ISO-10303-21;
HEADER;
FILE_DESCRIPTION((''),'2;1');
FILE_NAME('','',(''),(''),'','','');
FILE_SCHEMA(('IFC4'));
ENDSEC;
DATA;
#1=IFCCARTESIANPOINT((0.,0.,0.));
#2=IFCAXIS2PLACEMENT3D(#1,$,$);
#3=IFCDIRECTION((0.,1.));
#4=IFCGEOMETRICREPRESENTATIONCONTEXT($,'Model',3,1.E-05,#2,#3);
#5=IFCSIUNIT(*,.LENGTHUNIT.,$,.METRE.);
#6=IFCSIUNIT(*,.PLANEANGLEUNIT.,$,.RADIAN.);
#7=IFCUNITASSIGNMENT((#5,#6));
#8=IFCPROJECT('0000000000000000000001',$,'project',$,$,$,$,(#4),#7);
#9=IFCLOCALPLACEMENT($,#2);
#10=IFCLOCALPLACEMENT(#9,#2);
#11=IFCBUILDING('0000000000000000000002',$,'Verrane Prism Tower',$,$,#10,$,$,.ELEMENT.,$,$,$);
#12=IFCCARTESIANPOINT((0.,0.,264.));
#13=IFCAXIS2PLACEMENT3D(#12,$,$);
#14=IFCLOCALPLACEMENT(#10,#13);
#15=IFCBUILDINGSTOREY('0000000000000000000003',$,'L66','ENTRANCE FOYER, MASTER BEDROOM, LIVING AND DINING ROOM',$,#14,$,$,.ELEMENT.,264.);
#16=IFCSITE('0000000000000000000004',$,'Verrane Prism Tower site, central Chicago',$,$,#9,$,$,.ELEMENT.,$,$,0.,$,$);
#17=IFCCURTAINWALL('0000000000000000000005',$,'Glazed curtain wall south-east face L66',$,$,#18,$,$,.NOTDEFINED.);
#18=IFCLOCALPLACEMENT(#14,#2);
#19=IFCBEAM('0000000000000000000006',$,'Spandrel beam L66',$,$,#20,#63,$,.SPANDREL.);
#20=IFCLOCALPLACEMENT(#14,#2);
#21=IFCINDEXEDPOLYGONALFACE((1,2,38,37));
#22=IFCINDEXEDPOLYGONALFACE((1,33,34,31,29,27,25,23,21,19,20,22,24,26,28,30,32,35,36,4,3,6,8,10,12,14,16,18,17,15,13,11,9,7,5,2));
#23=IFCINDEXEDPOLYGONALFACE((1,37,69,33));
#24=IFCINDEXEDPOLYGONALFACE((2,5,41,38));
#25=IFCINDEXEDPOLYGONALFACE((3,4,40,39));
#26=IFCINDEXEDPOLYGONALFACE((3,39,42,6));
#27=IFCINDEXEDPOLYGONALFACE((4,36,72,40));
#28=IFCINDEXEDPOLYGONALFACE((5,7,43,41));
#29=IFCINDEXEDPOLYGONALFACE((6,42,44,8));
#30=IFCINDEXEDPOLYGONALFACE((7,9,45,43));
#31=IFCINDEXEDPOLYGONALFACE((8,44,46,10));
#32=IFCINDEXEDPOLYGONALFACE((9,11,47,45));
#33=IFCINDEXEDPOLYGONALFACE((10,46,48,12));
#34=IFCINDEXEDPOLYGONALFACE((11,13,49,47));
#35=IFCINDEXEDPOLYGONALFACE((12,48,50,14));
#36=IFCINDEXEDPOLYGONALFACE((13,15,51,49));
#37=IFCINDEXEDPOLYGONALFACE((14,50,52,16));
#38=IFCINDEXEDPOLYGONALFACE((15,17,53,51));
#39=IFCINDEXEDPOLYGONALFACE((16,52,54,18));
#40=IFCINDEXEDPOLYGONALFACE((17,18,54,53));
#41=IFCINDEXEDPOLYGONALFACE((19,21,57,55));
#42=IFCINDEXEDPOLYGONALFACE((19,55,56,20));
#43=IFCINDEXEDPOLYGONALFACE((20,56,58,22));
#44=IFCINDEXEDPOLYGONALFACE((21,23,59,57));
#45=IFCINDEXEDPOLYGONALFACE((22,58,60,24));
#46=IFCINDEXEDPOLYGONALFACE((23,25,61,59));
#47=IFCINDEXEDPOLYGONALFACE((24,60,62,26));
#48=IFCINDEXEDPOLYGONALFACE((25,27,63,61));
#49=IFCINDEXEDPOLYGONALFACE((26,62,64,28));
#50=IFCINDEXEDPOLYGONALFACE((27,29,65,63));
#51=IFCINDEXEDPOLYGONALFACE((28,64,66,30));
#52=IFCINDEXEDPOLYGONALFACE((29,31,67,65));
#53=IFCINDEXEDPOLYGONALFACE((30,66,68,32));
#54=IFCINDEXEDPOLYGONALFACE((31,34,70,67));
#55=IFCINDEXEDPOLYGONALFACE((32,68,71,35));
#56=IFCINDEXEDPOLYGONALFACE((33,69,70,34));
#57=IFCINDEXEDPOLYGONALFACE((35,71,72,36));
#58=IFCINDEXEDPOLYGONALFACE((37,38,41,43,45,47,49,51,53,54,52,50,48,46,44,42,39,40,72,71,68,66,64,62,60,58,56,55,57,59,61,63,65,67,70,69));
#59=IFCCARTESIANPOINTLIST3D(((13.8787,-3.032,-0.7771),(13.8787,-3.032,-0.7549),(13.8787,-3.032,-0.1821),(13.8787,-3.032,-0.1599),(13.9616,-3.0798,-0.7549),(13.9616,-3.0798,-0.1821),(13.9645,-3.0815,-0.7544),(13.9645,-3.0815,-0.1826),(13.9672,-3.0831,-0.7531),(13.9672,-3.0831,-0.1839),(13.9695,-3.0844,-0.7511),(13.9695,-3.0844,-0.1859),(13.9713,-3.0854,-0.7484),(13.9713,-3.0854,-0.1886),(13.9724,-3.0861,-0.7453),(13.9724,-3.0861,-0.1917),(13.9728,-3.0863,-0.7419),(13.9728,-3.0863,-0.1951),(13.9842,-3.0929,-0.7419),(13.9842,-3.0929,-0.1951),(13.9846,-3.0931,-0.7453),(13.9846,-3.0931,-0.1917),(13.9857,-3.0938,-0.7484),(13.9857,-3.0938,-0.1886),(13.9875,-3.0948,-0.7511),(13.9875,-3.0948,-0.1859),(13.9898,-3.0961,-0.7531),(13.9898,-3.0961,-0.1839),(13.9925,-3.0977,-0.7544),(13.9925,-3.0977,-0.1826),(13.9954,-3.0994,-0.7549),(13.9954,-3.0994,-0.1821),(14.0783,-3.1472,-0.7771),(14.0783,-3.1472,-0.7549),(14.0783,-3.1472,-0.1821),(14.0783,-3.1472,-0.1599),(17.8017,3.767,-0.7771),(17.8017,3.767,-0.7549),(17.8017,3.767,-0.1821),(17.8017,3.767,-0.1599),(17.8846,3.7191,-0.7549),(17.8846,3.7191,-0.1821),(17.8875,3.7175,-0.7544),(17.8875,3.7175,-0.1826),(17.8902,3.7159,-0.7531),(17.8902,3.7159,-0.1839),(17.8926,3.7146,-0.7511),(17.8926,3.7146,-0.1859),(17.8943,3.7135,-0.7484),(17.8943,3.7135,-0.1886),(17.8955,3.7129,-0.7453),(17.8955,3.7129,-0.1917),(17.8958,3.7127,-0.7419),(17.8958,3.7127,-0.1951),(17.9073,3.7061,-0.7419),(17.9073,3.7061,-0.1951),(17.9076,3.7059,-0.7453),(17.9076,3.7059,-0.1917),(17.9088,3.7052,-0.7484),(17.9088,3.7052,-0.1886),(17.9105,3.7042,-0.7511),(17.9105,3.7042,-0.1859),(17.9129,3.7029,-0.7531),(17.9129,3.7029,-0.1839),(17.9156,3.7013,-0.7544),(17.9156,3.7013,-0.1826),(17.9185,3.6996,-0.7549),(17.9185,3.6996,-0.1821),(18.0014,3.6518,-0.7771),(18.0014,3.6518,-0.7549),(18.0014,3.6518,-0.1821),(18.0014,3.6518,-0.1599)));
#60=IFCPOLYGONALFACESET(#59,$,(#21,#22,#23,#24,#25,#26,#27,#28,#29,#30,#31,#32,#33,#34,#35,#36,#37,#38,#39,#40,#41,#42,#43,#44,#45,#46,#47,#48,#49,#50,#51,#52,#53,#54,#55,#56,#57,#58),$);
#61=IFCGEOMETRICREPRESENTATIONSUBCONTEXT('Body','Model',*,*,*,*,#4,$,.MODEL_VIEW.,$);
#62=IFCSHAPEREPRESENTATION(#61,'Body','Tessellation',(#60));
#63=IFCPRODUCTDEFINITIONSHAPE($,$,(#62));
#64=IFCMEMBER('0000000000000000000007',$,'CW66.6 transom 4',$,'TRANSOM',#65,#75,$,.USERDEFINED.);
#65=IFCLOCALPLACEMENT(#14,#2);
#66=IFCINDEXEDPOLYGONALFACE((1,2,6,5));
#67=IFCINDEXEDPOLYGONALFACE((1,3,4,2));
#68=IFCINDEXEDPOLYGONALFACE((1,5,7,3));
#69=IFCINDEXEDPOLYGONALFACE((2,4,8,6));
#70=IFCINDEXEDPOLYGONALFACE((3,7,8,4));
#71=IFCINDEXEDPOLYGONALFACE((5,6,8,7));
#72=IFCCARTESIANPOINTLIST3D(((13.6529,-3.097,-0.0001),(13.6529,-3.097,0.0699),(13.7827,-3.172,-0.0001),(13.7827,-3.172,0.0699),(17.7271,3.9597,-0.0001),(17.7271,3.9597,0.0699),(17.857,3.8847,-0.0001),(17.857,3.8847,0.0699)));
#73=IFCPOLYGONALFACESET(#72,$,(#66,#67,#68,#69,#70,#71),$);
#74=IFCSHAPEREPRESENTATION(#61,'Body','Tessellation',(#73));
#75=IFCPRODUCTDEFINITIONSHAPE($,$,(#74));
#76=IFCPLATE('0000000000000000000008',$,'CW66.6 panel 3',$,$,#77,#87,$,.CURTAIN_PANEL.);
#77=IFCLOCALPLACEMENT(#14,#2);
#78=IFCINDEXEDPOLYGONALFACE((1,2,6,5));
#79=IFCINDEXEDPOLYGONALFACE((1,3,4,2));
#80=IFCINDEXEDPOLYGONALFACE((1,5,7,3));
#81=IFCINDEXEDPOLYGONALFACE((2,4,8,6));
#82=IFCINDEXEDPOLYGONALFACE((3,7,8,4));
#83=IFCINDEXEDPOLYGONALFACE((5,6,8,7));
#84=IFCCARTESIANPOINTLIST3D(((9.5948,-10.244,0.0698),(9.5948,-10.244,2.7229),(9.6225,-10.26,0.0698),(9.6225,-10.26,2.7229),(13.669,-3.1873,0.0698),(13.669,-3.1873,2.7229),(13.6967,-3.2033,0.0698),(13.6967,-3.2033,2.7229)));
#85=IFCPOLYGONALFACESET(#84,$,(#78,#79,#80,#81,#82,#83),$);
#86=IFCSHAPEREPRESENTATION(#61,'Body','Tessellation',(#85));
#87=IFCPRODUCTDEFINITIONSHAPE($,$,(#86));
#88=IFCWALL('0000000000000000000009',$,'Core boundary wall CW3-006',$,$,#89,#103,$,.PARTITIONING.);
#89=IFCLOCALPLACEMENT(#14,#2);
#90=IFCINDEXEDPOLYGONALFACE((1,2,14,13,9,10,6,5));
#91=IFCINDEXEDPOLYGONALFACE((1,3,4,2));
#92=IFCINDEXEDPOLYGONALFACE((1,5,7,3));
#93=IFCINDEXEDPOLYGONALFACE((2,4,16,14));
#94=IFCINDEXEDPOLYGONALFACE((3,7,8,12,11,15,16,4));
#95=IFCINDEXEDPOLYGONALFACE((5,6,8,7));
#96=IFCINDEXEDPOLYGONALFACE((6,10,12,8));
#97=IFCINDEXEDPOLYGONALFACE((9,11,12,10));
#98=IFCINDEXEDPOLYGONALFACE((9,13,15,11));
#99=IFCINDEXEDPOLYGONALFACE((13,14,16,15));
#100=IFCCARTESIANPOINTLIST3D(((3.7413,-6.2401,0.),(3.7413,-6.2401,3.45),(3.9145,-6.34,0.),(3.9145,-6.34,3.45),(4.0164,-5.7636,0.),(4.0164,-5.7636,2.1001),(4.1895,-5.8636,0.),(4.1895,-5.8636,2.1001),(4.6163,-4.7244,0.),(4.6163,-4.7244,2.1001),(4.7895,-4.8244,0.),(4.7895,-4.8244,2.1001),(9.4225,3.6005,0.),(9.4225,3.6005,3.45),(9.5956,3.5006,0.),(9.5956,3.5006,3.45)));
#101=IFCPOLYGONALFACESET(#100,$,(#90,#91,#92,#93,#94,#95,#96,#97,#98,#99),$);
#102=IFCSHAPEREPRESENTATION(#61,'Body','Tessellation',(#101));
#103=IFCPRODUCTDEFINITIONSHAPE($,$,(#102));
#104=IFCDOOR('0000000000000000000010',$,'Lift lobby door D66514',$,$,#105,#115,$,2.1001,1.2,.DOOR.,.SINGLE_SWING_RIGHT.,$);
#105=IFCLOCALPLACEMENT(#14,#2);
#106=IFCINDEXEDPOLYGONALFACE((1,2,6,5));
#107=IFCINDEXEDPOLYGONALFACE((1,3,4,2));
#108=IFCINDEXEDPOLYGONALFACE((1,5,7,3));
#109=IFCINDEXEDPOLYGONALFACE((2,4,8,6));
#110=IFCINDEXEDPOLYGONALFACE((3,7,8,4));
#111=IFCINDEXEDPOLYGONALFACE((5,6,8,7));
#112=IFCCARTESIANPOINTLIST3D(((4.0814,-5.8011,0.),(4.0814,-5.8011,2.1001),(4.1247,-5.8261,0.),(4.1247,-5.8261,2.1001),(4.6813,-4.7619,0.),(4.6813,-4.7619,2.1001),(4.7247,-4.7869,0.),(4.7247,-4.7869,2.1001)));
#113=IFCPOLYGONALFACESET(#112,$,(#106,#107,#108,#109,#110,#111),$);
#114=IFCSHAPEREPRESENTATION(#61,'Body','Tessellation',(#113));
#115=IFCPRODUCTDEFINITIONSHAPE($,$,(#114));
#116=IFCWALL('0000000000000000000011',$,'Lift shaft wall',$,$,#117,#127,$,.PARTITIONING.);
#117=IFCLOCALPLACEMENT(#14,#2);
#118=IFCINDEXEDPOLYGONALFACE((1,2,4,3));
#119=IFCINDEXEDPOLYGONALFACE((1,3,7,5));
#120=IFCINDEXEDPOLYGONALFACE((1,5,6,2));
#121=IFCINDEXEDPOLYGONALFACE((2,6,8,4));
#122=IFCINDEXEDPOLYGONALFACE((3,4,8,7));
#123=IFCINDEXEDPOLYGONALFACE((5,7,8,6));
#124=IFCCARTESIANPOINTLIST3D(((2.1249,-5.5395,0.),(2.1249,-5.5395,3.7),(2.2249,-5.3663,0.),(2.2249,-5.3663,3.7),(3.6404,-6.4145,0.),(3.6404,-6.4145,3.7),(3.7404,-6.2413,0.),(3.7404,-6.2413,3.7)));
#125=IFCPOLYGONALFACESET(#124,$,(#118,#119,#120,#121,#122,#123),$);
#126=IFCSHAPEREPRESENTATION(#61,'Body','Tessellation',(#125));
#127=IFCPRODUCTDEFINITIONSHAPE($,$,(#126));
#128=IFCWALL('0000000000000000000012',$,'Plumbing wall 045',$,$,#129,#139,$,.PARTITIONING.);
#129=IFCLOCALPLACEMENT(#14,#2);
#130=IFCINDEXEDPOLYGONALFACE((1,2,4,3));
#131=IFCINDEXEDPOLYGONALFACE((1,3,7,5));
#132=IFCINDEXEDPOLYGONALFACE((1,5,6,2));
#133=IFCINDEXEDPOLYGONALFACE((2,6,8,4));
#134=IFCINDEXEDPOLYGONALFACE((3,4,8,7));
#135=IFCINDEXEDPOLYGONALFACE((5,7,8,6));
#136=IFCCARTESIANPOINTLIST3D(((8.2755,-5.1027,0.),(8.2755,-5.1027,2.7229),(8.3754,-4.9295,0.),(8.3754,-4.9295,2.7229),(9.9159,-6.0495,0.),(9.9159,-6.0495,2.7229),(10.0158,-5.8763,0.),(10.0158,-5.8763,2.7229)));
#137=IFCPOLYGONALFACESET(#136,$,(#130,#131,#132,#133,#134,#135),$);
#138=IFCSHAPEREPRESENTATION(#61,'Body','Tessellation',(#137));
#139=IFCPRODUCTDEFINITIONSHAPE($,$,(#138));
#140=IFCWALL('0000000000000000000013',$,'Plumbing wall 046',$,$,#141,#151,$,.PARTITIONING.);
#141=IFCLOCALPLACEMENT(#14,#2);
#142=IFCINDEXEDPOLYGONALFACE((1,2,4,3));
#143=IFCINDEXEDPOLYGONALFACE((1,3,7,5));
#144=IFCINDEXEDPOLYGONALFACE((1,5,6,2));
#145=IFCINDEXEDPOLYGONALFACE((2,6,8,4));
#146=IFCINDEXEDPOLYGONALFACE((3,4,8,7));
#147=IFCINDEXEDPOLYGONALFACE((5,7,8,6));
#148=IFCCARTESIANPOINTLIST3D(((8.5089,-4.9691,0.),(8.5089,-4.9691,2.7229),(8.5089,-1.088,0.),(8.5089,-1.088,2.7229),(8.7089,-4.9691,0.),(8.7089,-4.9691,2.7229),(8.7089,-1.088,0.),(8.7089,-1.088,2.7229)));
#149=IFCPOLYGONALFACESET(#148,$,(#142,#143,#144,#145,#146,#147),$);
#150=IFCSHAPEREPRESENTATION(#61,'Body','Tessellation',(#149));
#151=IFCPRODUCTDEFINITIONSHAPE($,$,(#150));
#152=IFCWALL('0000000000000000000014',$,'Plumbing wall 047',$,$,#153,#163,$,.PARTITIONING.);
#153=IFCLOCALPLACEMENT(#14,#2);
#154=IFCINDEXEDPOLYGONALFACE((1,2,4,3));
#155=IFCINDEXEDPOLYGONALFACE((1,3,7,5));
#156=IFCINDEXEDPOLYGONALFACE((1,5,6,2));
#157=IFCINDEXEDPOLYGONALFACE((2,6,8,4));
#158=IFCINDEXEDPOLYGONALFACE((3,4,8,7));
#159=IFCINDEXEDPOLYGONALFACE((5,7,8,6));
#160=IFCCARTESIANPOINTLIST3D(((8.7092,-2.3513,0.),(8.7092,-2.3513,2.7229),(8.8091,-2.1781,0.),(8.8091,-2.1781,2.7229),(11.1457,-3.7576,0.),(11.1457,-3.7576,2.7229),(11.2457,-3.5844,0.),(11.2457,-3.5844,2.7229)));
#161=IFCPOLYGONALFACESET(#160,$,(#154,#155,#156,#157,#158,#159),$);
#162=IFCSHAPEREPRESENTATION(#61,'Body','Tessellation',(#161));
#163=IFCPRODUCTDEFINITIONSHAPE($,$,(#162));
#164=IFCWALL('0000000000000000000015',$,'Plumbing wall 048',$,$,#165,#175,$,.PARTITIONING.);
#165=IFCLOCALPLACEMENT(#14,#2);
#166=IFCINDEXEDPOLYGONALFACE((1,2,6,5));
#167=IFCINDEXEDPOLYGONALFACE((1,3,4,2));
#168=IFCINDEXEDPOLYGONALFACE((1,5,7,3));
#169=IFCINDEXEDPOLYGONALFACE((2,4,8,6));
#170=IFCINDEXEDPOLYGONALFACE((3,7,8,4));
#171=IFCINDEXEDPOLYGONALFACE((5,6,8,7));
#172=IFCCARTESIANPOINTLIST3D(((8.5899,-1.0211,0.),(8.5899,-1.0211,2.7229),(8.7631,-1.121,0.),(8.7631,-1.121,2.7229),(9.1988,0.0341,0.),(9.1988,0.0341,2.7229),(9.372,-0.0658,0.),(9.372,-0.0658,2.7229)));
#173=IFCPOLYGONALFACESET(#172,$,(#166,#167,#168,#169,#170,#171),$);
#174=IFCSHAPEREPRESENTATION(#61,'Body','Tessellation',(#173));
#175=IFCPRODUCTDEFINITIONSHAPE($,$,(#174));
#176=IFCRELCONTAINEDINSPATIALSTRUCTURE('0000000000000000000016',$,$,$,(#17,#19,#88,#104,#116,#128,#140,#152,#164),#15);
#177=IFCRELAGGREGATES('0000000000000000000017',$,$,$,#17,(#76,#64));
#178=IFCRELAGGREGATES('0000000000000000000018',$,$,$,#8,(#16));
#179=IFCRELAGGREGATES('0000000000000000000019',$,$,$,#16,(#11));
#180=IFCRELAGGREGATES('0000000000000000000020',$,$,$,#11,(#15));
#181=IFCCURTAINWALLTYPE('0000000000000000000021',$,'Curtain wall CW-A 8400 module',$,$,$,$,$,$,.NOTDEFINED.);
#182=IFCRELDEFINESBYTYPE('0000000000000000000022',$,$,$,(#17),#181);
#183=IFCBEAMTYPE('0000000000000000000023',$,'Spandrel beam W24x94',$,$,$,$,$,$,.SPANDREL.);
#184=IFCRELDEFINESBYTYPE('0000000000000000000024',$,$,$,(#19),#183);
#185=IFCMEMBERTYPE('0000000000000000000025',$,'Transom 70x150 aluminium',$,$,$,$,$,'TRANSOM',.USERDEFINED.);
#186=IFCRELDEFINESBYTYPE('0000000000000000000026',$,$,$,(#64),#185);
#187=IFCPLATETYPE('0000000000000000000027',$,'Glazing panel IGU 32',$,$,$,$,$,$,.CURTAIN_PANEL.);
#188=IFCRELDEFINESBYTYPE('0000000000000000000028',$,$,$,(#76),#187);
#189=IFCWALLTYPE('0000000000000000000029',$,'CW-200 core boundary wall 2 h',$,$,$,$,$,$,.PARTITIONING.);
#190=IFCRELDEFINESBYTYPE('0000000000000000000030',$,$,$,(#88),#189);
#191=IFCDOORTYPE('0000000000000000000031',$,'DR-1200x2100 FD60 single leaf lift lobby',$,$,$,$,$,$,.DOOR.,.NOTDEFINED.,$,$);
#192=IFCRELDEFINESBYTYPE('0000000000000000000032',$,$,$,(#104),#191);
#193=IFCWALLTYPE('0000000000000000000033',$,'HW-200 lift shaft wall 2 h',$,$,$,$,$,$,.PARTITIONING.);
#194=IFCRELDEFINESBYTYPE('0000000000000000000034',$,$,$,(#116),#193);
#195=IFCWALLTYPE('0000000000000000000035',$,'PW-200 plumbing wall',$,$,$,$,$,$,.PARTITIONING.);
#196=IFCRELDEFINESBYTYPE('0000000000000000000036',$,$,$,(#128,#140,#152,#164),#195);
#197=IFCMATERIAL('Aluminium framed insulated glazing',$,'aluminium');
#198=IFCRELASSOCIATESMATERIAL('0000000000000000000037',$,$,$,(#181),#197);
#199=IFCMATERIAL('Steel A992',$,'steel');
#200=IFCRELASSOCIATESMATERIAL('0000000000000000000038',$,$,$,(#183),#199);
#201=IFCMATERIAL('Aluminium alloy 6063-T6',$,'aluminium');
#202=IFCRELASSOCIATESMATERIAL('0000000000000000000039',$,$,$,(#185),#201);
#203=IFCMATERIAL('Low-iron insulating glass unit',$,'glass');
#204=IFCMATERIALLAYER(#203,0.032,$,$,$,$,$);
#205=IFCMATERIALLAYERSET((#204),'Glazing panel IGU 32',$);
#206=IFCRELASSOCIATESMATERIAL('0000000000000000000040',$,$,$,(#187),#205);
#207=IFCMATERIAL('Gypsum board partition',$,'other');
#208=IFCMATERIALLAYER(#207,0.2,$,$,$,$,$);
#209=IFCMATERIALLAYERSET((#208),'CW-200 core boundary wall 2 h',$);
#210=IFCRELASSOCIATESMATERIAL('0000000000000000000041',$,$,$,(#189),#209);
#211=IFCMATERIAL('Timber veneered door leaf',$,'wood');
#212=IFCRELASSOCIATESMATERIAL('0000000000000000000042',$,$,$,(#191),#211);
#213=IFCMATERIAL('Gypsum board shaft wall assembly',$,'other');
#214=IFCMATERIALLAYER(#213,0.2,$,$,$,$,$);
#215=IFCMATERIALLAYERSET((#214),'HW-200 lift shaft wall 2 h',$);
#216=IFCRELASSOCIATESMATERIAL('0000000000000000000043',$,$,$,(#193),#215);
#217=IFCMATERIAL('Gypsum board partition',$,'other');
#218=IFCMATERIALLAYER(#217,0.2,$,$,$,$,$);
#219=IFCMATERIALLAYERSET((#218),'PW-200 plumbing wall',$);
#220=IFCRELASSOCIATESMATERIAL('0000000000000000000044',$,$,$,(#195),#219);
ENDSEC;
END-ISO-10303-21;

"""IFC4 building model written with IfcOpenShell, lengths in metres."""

from ifc_helpers import new_model, si_unit, direction, frame, frame_2d, origin, origin_2d, place, context, subcontext, project, spatial, rectangle, i_section, extrude, material, layer, layer_set, material_profile, profile_set, type_object, element, fill, aggregate, save


model = new_model("IFC4")

# Units and contexts
model_context = context("Model", 3, precision=1e-05, world=origin(), true_north=direction((0.0, 1.0)))
body_context = subcontext(model_context, "Body", "Model", "MODEL_VIEW")
ifc_project = project(units=[si_unit("LENGTHUNIT", "METRE"), si_unit("PLANEANGLEUNIT", "RADIAN")], contexts=[model_context])

# Site, building, storey
site_placement = place(None, origin())
site = spatial("IfcSite", under=ifc_project, at=site_placement, Name="Verrane Prism Tower site, central Chicago", CompositionType="ELEMENT", RefElevation=0.0)
building_placement = place(site_placement, origin())
building = spatial("IfcBuilding", under=site, at=building_placement, Name="Verrane Prism Tower", CompositionType="ELEMENT")
storey_placement = place(building_placement, frame((0.0, 0.0, 264.0)))
storey = spatial("IfcBuildingStorey", under=building, at=storey_placement, Name="L66", Description="ENTRANCE FOYER, MASTER BEDROOM, LIVING AND DINING ROOM", CompositionType="ELEMENT", Elevation=264.0)

# Curtain wall
ifc_material_1 = material(Name="Aluminium framed insulated glazing", Category="aluminium")
curtain_wall_type = type_object("IfcCurtainWallType", Name="Curtain wall CW-A 8400 module", PredefinedType="NOTDEFINED", material=ifc_material_1)
curtain_wall_placement = place(storey_placement, origin())
curtain_wall = element("IfcCurtainWall", 1, at=curtain_wall_placement, inside=storey, type_object=curtain_wall_type, Name="Glazed curtain wall south-east face L66", PredefinedType="NOTDEFINED")

# Beam
ifc_material_2 = material(Name="Steel A992", Category="steel")
ifc_material_profile_1 = material_profile(ifc_material_2, i_section(OverallWidth=0.2305, OverallDepth=0.6172, WebThickness=0.0132, FlangeThickness=0.0222, FilletRadius=0.0129, at=origin_2d()), Name="W24x94")
ifc_profile_set_1 = profile_set([ifc_material_profile_1], Name="Steel A992")
beam_type_1 = type_object("IfcBeamType", Name="Spandrel beam W24x94", PredefinedType="SPANDREL", material=ifc_profile_set_1)
beam_1_placement = place(storey_placement, frame((13.9785, -3.0896, -0.4685), z_axis=(0.499775, 0.866155, 0.0), x_axis=(-0.866155, 0.499775, 0.0)))
element("IfcBeam", 2, at=beam_1_placement, inside=storey, type_object=beam_type_1, Name="Spandrel beam L66", PredefinedType="SPANDREL", context=body_context, shape_type="SweptSolid", body=[
    extrude(i_section(OverallWidth=0.2305, OverallDepth=0.6172, WebThickness=0.0132, FlangeThickness=0.0222, FilletRadius=0.0129, at=origin_2d()), origin(), (0.0, 0.0, 1.0), 7.8496),
])

# Member
ifc_material_3 = material(Name="Aluminium alloy 6063-T6", Category="aluminium")
ifc_material_profile_2 = material_profile(ifc_material_3, rectangle(XDim=0.1499, YDim=0.0701, at=origin_2d()), Name="Transom 70x150 aluminium")
ifc_profile_set_2 = profile_set([ifc_material_profile_2], Name="Aluminium alloy 6063-T6")
member_type_1 = type_object("IfcMemberType", Name="Transom 70x150 aluminium", ElementType="TRANSOM", PredefinedType="USERDEFINED", material=ifc_profile_set_2)
member_1_placement = place(storey_placement, frame((13.7178, -3.1345, 0.0349), z_axis=(0.500006, 0.866022, 0.0), x_axis=(-0.866022, 0.500006, 0.0)))
member_1 = element("IfcMember", 3, at=member_1_placement, type_object=member_type_1, Name="CW66.6 transom 4", ObjectType="TRANSOM", PredefinedType="USERDEFINED", context=body_context, shape_type="SweptSolid", body=[
    extrude(rectangle(XDim=0.1499, YDim=0.0701, at=origin_2d()), origin(), (0.0, 0.0, 1.0), 8.1484),
])

# Plate
ifc_material_4 = material(Name="Low-iron insulating glass unit", Category="glass")
ifc_layer_1 = layer(ifc_material_4, 0.032)
ifc_layer_set_1 = layer_set([ifc_layer_1], Name="Glazing panel IGU 32")
plate_type = type_object("IfcPlateType", Name="Glazing panel IGU 32", PredefinedType="CURTAIN_PANEL", material=ifc_layer_set_1)
plate_placement = place(storey_placement, frame((11.6458, -6.7236, 0.0698), z_axis=(0.0, 0.0, 1.0), x_axis=(0.500001, 0.866025, 0.0)))
plate = element("IfcPlate", 4, at=plate_placement, type_object=plate_type, Name="CW66.6 panel 3", PredefinedType="CURTAIN_PANEL", context=body_context, shape_type="SweptSolid", body=[
    extrude(rectangle(XDim=8.1484, YDim=0.032, at=origin_2d()), origin(), (0.0, 0.0, 1.0), 2.6531),
])
aggregate(curtain_wall, [plate, member_1])

# Wall, opening, door
ifc_material_5 = material(Name="Gypsum board partition", Category="other")
ifc_layer_2 = layer(ifc_material_5, 0.2)
ifc_layer_set_2 = layer_set([ifc_layer_2], Name="CW-200 core boundary wall 2 h")
wall_type_1 = type_object("IfcWallType", Name="CW-200 core boundary wall 2 h", PredefinedType="PARTITIONING", material=ifc_layer_set_2)
wall_1_placement = place(storey_placement, frame((3.8279, -6.29, 0.0), z_axis=(0.0, 0.0, 1.0), x_axis=(0.49998, 0.866037, 0.0)))
wall_1 = element("IfcWall", 5, at=wall_1_placement, inside=storey, type_object=wall_type_1, Name="Core boundary wall CW3-006", PredefinedType="PARTITIONING", context=body_context, shape_type="SweptSolid", body=[
    extrude(rectangle(XDim=11.3628, YDim=0.2, at=frame_2d((5.6814, 0.0))), origin(), (0.0, 0.0, 1.0), 3.45),
])
opening_1_placement = place(wall_1_placement, frame((0.55, 0.0, 0.0)))
opening_1 = element("IfcOpeningElement", 6, at=opening_1_placement, cuts=wall_1, PredefinedType="OPENING", context=body_context, shape_type="SweptSolid", body=[
    extrude(rectangle(XDim=1.2, YDim=2.1001, at=frame_2d((0.6001, 1.05))), frame((0.0, 0.1099, 0.0), z_axis=(0.0, -1.0, 0.0), x_axis=(1.0, 0.0, 0.0)), (0.0, 0.0, 1.0), 0.22),
])
ifc_material_6 = material(Name="Timber veneered door leaf", Category="wood")
door_type_1 = type_object("IfcDoorType", Name="DR-1200x2100 FD60 single leaf lift lobby", OperationType="NOTDEFINED", PredefinedType="DOOR", material=ifc_material_6)
door_1_placement = place(opening_1_placement, origin())
door_1 = element("IfcDoor", 7, at=door_1_placement, inside=storey, type_object=door_type_1, Name="Lift lobby door D66514", OperationType="SINGLE_SWING_RIGHT", OverallHeight=2.1001, OverallWidth=1.2, PredefinedType="DOOR", context=body_context, shape_type="SweptSolid", body=[
    extrude(rectangle(XDim=1.2, YDim=2.1001, at=frame_2d((0.6001, 1.05))), frame((0.0, 0.0249, 0.0), z_axis=(0.0, -1.0, 0.0), x_axis=(1.0, 0.0, 0.0)), (0.0, 0.0, 1.0), 0.05),
])
fill(opening_1, door_1)

# Walls
ifc_material_7 = material(Name="Gypsum board shaft wall assembly", Category="other")
ifc_layer_3 = layer(ifc_material_7, 0.2)
ifc_layer_set_3 = layer_set([ifc_layer_3], Name="HW-200 lift shaft wall 2 h")
wall_type_2 = type_object("IfcWallType", Name="HW-200 lift shaft wall 2 h", PredefinedType="PARTITIONING", material=ifc_layer_set_3)
wall_2_placement = place(storey_placement, frame((3.6904, -6.3279, 0.0), z_axis=(0.0, 0.0, 1.0), x_axis=(-0.866037, 0.49998, 0.0)))
element("IfcWall", 8, at=wall_2_placement, inside=storey, type_object=wall_type_2, Name="Lift shaft wall", PredefinedType="PARTITIONING", context=body_context, shape_type="SweptSolid", body=[
    extrude(rectangle(XDim=1.75, YDim=0.2, at=frame_2d((0.875, 0.0))), origin(), (0.0, 0.0, 1.0), 3.7),
])
ifc_material_8 = material(Name="Gypsum board partition", Category="other")
ifc_layer_4 = layer(ifc_material_8, 0.2)
ifc_layer_set_4 = layer_set([ifc_layer_4], Name="PW-200 plumbing wall")
wall_type_3 = type_object("IfcWallType", Name="PW-200 plumbing wall", PredefinedType="PARTITIONING", material=ifc_layer_set_4)
wall_3_placement = place(storey_placement, frame((8.3254, -5.0161, 0.0), z_axis=(0.0, 0.0, 1.0), x_axis=(0.866093, -0.499882, 0.0)))
element("IfcWall", 9, at=wall_3_placement, inside=storey, type_object=wall_type_3, Name="Plumbing wall 045", PredefinedType="PARTITIONING", context=body_context, shape_type="SweptSolid", body=[
    extrude(rectangle(XDim=1.894, YDim=0.2, at=frame_2d((0.947, 0.0))), origin(), (0.0, 0.0, 1.0), 2.7229),
])
wall_4_placement = place(storey_placement, frame((8.6089, -4.969, 0.0), z_axis=(0.0, 0.0, 1.0), x_axis=(0.0, 1.0, 0.0)))
element("IfcWall", 10, at=wall_4_placement, inside=storey, type_object=wall_type_3, Name="Plumbing wall 046", PredefinedType="PARTITIONING", context=body_context, shape_type="SweptSolid", body=[
    extrude(rectangle(XDim=3.8811, YDim=0.2, at=frame_2d((1.9404, 0.0))), origin(), (0.0, 0.0, 1.0), 2.7229),
])
wall_5_placement = place(storey_placement, frame((8.759, -2.2646, 0.0), z_axis=(0.0, 0.0, 1.0), x_axis=(0.866099, -0.499873, 0.0)))
element("IfcWall", 11, at=wall_5_placement, inside=storey, type_object=wall_type_3, Name="Plumbing wall 047", PredefinedType="PARTITIONING", context=body_context, shape_type="SweptSolid", body=[
    extrude(rectangle(XDim=2.8132, YDim=0.2, at=frame_2d((1.4067, 0.0))), origin(), (0.0, 0.0, 1.0), 2.7229),
])
wall_6_placement = place(storey_placement, frame((8.6765, -1.071, 0.0), z_axis=(0.0, 0.0, 1.0), x_axis=(0.499803, 0.866139, 0.0)))
element("IfcWall", 12, at=wall_6_placement, inside=storey, type_object=wall_type_3, Name="Plumbing wall 048", PredefinedType="PARTITIONING", context=body_context, shape_type="SweptSolid", body=[
    extrude(rectangle(XDim=1.2183, YDim=0.2, at=frame_2d((0.6091, 0.0))), origin(), (0.0, 0.0, 1.0), 2.7229),
])

save(model, "model.ifc")
